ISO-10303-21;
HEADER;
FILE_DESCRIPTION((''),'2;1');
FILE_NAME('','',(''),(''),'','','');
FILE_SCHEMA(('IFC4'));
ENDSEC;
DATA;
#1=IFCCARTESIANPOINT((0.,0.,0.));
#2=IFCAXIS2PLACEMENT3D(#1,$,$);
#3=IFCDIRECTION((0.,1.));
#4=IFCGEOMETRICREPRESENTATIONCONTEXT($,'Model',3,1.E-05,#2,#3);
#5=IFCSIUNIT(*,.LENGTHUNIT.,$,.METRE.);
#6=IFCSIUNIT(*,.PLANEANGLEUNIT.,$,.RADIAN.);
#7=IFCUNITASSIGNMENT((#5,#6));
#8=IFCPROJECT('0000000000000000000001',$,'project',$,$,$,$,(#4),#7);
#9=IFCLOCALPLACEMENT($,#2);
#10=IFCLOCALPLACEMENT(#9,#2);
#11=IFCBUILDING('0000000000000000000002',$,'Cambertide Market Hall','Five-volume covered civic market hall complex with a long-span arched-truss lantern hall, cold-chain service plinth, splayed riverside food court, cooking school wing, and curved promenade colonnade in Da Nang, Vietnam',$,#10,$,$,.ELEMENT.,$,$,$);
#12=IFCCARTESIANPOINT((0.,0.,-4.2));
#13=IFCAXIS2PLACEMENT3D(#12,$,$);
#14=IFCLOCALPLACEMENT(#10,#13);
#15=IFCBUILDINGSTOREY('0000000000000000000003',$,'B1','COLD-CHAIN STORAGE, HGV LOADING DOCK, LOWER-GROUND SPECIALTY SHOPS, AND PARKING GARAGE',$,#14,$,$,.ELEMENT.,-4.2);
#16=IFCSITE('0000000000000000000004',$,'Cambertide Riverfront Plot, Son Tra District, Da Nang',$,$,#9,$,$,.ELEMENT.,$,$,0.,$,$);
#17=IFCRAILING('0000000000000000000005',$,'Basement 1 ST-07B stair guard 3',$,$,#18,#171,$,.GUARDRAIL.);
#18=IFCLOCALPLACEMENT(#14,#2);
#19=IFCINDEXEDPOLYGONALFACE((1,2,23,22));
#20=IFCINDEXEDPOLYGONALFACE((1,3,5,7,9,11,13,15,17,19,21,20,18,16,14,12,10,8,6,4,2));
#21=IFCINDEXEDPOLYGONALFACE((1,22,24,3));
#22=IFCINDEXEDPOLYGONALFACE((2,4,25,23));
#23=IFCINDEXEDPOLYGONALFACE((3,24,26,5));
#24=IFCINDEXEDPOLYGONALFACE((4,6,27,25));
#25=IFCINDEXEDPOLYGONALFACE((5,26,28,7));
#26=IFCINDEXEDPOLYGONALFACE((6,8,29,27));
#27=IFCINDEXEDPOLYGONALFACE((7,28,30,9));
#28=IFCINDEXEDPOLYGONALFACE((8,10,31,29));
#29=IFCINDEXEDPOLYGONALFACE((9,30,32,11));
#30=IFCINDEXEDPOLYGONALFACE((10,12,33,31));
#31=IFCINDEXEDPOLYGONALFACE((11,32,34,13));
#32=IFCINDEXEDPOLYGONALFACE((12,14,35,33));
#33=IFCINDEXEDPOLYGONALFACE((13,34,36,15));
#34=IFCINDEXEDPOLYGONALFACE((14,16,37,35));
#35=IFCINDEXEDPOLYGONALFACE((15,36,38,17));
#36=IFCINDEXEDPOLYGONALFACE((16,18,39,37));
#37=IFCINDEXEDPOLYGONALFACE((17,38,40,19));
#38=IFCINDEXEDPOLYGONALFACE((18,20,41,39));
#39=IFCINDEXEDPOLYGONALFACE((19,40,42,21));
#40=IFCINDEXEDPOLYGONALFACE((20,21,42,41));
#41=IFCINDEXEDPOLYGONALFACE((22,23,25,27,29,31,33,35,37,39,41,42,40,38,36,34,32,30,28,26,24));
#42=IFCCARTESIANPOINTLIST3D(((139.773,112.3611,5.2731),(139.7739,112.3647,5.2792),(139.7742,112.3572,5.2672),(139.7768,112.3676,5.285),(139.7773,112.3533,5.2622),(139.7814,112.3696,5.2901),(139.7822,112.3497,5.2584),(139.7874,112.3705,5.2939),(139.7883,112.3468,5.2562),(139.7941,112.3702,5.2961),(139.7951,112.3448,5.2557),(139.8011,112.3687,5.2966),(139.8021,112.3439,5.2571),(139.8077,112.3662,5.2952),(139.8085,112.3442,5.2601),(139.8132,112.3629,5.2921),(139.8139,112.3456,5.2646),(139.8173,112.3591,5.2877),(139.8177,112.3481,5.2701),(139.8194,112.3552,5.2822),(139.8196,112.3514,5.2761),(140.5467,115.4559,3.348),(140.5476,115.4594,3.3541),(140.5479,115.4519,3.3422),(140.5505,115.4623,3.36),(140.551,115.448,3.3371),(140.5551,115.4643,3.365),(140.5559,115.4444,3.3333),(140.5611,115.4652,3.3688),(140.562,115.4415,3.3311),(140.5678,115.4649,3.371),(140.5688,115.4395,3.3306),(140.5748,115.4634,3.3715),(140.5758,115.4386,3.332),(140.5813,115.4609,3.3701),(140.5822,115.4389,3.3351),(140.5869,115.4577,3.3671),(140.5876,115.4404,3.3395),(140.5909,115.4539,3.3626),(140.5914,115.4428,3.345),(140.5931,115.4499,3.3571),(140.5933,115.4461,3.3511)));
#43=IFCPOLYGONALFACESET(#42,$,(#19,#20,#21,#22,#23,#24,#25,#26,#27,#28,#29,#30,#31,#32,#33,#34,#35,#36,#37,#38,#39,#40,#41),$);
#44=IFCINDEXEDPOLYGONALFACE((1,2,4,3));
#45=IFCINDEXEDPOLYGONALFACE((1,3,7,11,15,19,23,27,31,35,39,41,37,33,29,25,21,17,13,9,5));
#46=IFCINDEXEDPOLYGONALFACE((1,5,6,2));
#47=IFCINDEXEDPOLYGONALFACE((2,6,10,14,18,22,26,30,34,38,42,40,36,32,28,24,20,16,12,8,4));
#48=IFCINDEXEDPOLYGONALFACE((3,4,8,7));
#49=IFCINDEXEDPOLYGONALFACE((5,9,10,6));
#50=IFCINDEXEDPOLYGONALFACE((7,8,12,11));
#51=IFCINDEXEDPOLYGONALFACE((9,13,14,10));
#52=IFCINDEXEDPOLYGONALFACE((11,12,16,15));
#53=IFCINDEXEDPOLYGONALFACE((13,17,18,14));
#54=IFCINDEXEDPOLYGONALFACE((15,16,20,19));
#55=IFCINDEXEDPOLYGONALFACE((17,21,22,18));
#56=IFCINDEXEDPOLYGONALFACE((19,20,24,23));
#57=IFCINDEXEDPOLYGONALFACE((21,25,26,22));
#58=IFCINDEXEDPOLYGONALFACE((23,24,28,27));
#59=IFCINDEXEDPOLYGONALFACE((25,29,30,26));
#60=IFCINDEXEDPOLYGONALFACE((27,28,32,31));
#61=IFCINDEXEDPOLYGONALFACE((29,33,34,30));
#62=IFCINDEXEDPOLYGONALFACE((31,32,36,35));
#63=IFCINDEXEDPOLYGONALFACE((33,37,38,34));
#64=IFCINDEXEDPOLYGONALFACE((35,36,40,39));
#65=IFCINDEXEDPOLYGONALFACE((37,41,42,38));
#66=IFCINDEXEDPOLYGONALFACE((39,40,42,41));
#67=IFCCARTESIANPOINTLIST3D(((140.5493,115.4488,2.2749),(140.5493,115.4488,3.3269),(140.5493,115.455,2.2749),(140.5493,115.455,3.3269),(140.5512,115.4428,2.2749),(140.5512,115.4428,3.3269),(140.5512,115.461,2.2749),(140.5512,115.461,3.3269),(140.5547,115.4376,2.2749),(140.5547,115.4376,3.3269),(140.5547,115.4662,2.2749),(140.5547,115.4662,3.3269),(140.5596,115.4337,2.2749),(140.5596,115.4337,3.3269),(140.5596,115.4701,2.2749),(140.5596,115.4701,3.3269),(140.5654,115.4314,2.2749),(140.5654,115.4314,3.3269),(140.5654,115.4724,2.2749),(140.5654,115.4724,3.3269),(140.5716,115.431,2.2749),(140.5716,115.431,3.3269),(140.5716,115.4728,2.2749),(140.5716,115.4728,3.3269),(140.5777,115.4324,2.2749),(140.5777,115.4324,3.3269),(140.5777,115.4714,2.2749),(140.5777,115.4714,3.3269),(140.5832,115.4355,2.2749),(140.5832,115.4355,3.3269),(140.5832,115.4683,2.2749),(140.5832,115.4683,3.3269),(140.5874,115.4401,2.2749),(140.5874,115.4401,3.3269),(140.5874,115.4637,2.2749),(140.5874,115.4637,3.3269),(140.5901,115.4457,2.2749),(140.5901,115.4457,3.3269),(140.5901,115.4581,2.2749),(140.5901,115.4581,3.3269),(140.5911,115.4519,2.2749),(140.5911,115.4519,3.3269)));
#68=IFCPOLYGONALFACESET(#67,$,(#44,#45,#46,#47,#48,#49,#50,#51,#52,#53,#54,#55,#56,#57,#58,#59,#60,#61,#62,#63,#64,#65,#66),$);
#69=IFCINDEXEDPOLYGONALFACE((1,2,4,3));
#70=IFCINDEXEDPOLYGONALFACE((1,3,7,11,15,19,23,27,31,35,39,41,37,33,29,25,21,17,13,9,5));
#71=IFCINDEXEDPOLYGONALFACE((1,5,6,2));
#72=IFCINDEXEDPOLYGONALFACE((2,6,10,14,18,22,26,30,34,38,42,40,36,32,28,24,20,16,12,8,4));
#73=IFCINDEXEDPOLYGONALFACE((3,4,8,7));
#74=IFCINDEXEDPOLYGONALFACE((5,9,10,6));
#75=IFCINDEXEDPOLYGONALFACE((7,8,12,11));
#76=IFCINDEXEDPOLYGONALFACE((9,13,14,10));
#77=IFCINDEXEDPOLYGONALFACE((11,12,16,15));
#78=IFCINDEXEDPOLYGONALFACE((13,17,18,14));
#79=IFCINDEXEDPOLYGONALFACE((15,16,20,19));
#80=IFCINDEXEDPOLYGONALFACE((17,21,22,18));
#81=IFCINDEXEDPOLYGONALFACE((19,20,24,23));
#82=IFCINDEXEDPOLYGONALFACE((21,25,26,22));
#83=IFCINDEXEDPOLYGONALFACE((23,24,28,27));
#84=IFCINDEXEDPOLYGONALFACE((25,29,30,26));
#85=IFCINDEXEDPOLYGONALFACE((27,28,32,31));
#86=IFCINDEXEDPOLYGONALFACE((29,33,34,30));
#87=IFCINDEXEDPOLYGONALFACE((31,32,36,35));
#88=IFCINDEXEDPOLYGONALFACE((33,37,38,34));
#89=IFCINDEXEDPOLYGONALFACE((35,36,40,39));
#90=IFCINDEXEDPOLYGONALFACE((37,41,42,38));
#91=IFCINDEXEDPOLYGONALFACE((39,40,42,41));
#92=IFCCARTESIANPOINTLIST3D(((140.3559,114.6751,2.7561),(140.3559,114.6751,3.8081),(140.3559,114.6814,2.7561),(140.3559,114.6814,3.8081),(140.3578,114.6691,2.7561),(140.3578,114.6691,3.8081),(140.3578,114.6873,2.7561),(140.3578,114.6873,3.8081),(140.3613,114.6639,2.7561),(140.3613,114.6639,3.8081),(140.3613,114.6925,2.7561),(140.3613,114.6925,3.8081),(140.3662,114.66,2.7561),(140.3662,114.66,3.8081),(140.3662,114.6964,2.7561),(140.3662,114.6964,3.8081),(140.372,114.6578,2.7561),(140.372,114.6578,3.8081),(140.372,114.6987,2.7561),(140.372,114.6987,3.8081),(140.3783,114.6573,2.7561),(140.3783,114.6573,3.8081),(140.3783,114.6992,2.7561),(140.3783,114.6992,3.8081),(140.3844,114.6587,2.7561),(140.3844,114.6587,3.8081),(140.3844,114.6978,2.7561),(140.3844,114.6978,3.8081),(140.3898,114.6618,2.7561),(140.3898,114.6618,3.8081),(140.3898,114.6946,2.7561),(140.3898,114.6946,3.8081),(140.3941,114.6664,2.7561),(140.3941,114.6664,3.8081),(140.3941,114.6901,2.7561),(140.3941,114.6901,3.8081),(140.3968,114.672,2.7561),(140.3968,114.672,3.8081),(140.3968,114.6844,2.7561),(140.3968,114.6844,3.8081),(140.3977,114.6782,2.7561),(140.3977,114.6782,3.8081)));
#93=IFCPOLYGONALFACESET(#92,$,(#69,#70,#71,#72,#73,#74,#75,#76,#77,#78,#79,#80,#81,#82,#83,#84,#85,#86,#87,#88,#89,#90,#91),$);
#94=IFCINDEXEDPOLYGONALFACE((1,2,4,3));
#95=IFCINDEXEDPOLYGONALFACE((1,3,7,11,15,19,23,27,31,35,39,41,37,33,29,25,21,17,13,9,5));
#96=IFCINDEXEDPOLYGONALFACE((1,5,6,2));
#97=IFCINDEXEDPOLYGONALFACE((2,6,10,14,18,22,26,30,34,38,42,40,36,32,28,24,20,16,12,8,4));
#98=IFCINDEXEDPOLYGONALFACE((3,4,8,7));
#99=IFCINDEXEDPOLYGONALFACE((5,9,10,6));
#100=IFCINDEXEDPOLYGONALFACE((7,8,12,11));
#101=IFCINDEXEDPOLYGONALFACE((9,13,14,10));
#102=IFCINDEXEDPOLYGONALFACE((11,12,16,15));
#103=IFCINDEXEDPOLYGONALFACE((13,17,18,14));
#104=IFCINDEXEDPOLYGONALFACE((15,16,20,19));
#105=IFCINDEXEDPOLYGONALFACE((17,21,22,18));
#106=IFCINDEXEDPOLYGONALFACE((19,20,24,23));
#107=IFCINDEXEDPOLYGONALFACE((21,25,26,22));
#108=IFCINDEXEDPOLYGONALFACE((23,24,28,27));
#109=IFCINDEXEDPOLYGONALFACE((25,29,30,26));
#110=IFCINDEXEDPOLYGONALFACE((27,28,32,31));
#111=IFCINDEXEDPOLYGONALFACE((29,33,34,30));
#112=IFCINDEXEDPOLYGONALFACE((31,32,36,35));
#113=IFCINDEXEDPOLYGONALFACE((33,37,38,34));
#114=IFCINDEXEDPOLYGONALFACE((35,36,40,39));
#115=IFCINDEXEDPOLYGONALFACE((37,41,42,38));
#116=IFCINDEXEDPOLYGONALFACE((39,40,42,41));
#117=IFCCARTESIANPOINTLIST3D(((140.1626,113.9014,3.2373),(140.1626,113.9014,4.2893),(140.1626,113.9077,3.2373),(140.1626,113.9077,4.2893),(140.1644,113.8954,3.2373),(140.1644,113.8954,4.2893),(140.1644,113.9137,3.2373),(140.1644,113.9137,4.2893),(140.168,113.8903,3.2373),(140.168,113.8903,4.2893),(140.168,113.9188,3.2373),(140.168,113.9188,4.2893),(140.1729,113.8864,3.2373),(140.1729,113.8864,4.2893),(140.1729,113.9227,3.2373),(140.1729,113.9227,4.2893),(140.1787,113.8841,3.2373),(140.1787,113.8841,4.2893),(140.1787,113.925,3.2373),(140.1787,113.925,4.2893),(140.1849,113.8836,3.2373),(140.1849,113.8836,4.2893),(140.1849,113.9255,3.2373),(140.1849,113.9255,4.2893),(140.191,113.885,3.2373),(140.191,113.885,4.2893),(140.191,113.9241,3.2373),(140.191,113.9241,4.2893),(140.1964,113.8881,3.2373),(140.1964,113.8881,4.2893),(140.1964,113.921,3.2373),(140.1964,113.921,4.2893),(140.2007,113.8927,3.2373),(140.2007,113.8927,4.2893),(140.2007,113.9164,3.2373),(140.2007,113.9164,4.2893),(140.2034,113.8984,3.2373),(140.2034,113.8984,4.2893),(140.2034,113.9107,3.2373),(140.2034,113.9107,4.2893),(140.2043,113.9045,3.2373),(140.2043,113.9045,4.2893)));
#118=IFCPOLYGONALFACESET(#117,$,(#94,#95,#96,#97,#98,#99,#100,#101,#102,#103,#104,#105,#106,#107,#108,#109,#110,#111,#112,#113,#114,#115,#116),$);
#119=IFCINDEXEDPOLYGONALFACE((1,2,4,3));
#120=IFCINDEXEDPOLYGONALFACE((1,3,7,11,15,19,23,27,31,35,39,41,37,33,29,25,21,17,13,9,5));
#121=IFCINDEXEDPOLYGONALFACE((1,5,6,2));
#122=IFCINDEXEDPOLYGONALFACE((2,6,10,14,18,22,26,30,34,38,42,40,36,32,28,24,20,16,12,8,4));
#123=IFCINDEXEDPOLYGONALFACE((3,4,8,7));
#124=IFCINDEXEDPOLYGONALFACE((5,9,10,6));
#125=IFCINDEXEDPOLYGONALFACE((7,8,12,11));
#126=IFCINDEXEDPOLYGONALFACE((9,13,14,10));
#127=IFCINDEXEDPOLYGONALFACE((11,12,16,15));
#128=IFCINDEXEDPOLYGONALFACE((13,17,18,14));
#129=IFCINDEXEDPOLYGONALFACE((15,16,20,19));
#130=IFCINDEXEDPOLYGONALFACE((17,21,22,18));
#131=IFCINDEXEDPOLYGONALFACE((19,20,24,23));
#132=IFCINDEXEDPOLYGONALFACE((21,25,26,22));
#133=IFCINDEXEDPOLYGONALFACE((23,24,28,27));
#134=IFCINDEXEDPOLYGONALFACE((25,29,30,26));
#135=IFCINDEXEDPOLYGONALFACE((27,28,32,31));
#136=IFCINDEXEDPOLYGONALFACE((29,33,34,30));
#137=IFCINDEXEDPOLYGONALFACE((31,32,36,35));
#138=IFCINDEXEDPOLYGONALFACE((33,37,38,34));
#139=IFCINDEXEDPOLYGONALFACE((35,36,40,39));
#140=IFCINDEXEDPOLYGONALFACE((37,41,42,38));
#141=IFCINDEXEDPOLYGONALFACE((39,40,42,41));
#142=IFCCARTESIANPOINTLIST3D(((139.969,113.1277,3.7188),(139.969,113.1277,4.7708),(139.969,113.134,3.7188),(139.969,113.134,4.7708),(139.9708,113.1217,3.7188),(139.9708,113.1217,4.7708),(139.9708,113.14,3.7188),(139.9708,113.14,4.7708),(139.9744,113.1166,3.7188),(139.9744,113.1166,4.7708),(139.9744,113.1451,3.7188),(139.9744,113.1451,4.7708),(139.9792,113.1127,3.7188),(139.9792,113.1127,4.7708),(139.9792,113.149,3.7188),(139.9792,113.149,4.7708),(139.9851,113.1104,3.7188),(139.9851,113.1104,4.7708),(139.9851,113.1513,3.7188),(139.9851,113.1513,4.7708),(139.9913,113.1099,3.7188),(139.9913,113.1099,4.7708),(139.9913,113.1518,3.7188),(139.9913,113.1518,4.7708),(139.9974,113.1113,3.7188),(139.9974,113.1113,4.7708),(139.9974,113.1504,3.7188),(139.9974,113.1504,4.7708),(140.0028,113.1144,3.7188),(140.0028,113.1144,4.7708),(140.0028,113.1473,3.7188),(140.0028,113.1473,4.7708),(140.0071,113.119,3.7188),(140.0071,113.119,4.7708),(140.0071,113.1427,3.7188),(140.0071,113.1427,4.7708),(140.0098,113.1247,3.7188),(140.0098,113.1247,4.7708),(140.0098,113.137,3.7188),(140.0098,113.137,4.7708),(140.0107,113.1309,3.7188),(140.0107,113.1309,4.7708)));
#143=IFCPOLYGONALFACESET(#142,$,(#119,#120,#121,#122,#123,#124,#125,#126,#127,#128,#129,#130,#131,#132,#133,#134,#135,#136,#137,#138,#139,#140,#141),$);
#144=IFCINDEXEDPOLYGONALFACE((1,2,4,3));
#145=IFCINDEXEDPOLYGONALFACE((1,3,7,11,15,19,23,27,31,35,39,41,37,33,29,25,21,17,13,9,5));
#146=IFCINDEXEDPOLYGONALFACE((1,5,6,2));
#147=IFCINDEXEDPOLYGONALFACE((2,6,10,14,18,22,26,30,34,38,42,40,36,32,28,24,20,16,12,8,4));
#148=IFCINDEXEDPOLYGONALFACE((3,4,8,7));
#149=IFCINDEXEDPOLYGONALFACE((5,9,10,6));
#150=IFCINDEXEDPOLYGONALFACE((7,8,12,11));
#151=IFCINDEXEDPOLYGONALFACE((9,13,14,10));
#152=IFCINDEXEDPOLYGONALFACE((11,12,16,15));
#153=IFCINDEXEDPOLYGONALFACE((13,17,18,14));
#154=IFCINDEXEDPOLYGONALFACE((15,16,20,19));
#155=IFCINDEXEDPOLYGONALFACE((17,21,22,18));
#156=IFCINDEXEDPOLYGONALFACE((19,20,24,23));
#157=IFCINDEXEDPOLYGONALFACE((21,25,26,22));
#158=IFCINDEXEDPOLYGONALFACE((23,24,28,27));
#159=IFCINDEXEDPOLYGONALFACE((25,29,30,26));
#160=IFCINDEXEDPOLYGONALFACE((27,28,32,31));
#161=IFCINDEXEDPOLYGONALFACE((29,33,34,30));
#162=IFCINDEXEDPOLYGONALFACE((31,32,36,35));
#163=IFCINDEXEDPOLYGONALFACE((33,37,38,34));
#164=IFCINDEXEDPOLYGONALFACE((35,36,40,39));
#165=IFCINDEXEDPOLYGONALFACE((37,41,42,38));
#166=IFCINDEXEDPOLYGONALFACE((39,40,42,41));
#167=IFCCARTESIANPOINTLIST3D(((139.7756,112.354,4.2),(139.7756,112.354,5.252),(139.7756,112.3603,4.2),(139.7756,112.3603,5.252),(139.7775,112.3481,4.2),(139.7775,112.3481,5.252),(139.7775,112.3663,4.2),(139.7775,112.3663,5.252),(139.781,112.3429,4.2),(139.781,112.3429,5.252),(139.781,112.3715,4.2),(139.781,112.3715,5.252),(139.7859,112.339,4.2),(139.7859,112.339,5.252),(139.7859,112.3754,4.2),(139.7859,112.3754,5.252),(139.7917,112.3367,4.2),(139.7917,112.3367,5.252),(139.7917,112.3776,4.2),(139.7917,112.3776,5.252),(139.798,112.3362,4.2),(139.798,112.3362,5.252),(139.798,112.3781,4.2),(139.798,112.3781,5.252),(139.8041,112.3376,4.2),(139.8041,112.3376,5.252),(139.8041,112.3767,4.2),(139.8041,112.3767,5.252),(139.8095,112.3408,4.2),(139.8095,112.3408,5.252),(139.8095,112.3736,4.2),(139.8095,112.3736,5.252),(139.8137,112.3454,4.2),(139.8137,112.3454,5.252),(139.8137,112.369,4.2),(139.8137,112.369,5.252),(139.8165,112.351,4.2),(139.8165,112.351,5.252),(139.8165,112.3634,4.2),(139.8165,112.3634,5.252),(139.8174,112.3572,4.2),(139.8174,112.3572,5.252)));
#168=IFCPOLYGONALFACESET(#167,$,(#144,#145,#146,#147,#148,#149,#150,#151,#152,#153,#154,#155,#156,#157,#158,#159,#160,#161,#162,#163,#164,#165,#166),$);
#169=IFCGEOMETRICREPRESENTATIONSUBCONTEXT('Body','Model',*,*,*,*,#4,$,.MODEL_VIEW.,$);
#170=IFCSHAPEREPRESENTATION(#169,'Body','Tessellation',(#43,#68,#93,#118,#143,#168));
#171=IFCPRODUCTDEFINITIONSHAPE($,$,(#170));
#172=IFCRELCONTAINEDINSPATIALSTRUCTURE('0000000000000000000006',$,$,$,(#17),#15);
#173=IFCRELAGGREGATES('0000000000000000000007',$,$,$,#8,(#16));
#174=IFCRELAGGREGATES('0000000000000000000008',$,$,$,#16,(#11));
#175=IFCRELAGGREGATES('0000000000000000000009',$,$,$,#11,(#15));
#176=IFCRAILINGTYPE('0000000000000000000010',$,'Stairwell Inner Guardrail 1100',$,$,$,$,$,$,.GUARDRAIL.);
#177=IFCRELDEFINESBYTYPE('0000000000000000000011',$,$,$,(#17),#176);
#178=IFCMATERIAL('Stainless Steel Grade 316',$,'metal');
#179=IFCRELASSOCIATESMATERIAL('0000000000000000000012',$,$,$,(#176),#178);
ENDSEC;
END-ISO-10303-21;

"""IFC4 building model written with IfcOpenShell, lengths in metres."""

from ifc_helpers import new_model, si_unit, direction, frame, origin, origin_2d, place, context, subcontext, project, spatial, circle, extrude, material, type_object, element, save


model = new_model("IFC4")

# Units and contexts
model_context = context("Model", 3, precision=1e-05, world=origin(), true_north=direction((0.0, 1.0)))
body_context = subcontext(model_context, "Body", "Model", "MODEL_VIEW")
ifc_project = project(units=[si_unit("LENGTHUNIT", "METRE"), si_unit("PLANEANGLEUNIT", "RADIAN")], contexts=[model_context])

# Site, building, storey
site_placement = place(None, origin())
site = spatial("IfcSite", under=ifc_project, at=site_placement, Name="Cambertide Riverfront Plot, Son Tra District, Da Nang", CompositionType="ELEMENT", RefElevation=0.0)
building_placement = place(site_placement, origin())
building = spatial("IfcBuilding", under=site, at=building_placement, Name="Cambertide Market Hall", Description="Five-volume covered civic market hall complex with a long-span arched-truss lantern hall, cold-chain service plinth, splayed riverside food court, cooking school wing, and curved promenade colonnade in Da Nang, Vietnam", CompositionType="ELEMENT")
storey_placement = place(building_placement, frame((0.0, 0.0, -4.2)))
storey = spatial("IfcBuildingStorey", under=building, at=storey_placement, Name="B1", Description="COLD-CHAIN STORAGE, HGV LOADING DOCK, LOWER-GROUND SPECIALTY SHOPS, AND PARKING GARAGE", CompositionType="ELEMENT", Elevation=-4.2)

# Railing
ifc_material_1 = material(Name="Stainless Steel Grade 316", Category="metal")
railing_type_1 = type_object("IfcRailingType", Name="Stairwell Inner Guardrail 1100", PredefinedType="GUARDRAIL", material=ifc_material_1)
railing_1_placement = place(storey_placement, frame((140.5701, 115.4519, 2.2749)))
element("IfcRailing", 1, at=railing_1_placement, inside=storey, type_object=railing_type_1, Name="Basement 1 ST-07B stair guard 3", PredefinedType="GUARDRAIL", context=body_context, shape_type="SweptSolid", body=[
    extrude(circle(Radius=0.0239, at=origin_2d()), frame((0.0, 0.0, 1.0762), z_axis=(-0.207654, -0.830616, 0.516678), x_axis=(0.970143, -0.242536, 0.0)), (0.0, 0.0, 1.0), 3.7258),
    extrude(circle(Radius=0.021, at=origin_2d()), origin(), (0.0, 0.0, 1.0), 1.052),
    extrude(circle(Radius=0.021, at=origin_2d()), frame((-0.1934, -0.7737, 0.4812)), (0.0, 0.0, 1.0), 1.052),
    extrude(circle(Radius=0.021, at=origin_2d()), frame((-0.3867, -1.5474, 0.9624)), (0.0, 0.0, 1.0), 1.052),
    extrude(circle(Radius=0.021, at=origin_2d()), frame((-0.5803, -2.321, 1.4438)), (0.0, 0.0, 1.0), 1.052),
    extrude(circle(Radius=0.021, at=origin_2d()), frame((-0.7737, -3.0947, 1.925)), (0.0, 0.0, 1.0), 1.052),
])

save(model, "model.ifc")
